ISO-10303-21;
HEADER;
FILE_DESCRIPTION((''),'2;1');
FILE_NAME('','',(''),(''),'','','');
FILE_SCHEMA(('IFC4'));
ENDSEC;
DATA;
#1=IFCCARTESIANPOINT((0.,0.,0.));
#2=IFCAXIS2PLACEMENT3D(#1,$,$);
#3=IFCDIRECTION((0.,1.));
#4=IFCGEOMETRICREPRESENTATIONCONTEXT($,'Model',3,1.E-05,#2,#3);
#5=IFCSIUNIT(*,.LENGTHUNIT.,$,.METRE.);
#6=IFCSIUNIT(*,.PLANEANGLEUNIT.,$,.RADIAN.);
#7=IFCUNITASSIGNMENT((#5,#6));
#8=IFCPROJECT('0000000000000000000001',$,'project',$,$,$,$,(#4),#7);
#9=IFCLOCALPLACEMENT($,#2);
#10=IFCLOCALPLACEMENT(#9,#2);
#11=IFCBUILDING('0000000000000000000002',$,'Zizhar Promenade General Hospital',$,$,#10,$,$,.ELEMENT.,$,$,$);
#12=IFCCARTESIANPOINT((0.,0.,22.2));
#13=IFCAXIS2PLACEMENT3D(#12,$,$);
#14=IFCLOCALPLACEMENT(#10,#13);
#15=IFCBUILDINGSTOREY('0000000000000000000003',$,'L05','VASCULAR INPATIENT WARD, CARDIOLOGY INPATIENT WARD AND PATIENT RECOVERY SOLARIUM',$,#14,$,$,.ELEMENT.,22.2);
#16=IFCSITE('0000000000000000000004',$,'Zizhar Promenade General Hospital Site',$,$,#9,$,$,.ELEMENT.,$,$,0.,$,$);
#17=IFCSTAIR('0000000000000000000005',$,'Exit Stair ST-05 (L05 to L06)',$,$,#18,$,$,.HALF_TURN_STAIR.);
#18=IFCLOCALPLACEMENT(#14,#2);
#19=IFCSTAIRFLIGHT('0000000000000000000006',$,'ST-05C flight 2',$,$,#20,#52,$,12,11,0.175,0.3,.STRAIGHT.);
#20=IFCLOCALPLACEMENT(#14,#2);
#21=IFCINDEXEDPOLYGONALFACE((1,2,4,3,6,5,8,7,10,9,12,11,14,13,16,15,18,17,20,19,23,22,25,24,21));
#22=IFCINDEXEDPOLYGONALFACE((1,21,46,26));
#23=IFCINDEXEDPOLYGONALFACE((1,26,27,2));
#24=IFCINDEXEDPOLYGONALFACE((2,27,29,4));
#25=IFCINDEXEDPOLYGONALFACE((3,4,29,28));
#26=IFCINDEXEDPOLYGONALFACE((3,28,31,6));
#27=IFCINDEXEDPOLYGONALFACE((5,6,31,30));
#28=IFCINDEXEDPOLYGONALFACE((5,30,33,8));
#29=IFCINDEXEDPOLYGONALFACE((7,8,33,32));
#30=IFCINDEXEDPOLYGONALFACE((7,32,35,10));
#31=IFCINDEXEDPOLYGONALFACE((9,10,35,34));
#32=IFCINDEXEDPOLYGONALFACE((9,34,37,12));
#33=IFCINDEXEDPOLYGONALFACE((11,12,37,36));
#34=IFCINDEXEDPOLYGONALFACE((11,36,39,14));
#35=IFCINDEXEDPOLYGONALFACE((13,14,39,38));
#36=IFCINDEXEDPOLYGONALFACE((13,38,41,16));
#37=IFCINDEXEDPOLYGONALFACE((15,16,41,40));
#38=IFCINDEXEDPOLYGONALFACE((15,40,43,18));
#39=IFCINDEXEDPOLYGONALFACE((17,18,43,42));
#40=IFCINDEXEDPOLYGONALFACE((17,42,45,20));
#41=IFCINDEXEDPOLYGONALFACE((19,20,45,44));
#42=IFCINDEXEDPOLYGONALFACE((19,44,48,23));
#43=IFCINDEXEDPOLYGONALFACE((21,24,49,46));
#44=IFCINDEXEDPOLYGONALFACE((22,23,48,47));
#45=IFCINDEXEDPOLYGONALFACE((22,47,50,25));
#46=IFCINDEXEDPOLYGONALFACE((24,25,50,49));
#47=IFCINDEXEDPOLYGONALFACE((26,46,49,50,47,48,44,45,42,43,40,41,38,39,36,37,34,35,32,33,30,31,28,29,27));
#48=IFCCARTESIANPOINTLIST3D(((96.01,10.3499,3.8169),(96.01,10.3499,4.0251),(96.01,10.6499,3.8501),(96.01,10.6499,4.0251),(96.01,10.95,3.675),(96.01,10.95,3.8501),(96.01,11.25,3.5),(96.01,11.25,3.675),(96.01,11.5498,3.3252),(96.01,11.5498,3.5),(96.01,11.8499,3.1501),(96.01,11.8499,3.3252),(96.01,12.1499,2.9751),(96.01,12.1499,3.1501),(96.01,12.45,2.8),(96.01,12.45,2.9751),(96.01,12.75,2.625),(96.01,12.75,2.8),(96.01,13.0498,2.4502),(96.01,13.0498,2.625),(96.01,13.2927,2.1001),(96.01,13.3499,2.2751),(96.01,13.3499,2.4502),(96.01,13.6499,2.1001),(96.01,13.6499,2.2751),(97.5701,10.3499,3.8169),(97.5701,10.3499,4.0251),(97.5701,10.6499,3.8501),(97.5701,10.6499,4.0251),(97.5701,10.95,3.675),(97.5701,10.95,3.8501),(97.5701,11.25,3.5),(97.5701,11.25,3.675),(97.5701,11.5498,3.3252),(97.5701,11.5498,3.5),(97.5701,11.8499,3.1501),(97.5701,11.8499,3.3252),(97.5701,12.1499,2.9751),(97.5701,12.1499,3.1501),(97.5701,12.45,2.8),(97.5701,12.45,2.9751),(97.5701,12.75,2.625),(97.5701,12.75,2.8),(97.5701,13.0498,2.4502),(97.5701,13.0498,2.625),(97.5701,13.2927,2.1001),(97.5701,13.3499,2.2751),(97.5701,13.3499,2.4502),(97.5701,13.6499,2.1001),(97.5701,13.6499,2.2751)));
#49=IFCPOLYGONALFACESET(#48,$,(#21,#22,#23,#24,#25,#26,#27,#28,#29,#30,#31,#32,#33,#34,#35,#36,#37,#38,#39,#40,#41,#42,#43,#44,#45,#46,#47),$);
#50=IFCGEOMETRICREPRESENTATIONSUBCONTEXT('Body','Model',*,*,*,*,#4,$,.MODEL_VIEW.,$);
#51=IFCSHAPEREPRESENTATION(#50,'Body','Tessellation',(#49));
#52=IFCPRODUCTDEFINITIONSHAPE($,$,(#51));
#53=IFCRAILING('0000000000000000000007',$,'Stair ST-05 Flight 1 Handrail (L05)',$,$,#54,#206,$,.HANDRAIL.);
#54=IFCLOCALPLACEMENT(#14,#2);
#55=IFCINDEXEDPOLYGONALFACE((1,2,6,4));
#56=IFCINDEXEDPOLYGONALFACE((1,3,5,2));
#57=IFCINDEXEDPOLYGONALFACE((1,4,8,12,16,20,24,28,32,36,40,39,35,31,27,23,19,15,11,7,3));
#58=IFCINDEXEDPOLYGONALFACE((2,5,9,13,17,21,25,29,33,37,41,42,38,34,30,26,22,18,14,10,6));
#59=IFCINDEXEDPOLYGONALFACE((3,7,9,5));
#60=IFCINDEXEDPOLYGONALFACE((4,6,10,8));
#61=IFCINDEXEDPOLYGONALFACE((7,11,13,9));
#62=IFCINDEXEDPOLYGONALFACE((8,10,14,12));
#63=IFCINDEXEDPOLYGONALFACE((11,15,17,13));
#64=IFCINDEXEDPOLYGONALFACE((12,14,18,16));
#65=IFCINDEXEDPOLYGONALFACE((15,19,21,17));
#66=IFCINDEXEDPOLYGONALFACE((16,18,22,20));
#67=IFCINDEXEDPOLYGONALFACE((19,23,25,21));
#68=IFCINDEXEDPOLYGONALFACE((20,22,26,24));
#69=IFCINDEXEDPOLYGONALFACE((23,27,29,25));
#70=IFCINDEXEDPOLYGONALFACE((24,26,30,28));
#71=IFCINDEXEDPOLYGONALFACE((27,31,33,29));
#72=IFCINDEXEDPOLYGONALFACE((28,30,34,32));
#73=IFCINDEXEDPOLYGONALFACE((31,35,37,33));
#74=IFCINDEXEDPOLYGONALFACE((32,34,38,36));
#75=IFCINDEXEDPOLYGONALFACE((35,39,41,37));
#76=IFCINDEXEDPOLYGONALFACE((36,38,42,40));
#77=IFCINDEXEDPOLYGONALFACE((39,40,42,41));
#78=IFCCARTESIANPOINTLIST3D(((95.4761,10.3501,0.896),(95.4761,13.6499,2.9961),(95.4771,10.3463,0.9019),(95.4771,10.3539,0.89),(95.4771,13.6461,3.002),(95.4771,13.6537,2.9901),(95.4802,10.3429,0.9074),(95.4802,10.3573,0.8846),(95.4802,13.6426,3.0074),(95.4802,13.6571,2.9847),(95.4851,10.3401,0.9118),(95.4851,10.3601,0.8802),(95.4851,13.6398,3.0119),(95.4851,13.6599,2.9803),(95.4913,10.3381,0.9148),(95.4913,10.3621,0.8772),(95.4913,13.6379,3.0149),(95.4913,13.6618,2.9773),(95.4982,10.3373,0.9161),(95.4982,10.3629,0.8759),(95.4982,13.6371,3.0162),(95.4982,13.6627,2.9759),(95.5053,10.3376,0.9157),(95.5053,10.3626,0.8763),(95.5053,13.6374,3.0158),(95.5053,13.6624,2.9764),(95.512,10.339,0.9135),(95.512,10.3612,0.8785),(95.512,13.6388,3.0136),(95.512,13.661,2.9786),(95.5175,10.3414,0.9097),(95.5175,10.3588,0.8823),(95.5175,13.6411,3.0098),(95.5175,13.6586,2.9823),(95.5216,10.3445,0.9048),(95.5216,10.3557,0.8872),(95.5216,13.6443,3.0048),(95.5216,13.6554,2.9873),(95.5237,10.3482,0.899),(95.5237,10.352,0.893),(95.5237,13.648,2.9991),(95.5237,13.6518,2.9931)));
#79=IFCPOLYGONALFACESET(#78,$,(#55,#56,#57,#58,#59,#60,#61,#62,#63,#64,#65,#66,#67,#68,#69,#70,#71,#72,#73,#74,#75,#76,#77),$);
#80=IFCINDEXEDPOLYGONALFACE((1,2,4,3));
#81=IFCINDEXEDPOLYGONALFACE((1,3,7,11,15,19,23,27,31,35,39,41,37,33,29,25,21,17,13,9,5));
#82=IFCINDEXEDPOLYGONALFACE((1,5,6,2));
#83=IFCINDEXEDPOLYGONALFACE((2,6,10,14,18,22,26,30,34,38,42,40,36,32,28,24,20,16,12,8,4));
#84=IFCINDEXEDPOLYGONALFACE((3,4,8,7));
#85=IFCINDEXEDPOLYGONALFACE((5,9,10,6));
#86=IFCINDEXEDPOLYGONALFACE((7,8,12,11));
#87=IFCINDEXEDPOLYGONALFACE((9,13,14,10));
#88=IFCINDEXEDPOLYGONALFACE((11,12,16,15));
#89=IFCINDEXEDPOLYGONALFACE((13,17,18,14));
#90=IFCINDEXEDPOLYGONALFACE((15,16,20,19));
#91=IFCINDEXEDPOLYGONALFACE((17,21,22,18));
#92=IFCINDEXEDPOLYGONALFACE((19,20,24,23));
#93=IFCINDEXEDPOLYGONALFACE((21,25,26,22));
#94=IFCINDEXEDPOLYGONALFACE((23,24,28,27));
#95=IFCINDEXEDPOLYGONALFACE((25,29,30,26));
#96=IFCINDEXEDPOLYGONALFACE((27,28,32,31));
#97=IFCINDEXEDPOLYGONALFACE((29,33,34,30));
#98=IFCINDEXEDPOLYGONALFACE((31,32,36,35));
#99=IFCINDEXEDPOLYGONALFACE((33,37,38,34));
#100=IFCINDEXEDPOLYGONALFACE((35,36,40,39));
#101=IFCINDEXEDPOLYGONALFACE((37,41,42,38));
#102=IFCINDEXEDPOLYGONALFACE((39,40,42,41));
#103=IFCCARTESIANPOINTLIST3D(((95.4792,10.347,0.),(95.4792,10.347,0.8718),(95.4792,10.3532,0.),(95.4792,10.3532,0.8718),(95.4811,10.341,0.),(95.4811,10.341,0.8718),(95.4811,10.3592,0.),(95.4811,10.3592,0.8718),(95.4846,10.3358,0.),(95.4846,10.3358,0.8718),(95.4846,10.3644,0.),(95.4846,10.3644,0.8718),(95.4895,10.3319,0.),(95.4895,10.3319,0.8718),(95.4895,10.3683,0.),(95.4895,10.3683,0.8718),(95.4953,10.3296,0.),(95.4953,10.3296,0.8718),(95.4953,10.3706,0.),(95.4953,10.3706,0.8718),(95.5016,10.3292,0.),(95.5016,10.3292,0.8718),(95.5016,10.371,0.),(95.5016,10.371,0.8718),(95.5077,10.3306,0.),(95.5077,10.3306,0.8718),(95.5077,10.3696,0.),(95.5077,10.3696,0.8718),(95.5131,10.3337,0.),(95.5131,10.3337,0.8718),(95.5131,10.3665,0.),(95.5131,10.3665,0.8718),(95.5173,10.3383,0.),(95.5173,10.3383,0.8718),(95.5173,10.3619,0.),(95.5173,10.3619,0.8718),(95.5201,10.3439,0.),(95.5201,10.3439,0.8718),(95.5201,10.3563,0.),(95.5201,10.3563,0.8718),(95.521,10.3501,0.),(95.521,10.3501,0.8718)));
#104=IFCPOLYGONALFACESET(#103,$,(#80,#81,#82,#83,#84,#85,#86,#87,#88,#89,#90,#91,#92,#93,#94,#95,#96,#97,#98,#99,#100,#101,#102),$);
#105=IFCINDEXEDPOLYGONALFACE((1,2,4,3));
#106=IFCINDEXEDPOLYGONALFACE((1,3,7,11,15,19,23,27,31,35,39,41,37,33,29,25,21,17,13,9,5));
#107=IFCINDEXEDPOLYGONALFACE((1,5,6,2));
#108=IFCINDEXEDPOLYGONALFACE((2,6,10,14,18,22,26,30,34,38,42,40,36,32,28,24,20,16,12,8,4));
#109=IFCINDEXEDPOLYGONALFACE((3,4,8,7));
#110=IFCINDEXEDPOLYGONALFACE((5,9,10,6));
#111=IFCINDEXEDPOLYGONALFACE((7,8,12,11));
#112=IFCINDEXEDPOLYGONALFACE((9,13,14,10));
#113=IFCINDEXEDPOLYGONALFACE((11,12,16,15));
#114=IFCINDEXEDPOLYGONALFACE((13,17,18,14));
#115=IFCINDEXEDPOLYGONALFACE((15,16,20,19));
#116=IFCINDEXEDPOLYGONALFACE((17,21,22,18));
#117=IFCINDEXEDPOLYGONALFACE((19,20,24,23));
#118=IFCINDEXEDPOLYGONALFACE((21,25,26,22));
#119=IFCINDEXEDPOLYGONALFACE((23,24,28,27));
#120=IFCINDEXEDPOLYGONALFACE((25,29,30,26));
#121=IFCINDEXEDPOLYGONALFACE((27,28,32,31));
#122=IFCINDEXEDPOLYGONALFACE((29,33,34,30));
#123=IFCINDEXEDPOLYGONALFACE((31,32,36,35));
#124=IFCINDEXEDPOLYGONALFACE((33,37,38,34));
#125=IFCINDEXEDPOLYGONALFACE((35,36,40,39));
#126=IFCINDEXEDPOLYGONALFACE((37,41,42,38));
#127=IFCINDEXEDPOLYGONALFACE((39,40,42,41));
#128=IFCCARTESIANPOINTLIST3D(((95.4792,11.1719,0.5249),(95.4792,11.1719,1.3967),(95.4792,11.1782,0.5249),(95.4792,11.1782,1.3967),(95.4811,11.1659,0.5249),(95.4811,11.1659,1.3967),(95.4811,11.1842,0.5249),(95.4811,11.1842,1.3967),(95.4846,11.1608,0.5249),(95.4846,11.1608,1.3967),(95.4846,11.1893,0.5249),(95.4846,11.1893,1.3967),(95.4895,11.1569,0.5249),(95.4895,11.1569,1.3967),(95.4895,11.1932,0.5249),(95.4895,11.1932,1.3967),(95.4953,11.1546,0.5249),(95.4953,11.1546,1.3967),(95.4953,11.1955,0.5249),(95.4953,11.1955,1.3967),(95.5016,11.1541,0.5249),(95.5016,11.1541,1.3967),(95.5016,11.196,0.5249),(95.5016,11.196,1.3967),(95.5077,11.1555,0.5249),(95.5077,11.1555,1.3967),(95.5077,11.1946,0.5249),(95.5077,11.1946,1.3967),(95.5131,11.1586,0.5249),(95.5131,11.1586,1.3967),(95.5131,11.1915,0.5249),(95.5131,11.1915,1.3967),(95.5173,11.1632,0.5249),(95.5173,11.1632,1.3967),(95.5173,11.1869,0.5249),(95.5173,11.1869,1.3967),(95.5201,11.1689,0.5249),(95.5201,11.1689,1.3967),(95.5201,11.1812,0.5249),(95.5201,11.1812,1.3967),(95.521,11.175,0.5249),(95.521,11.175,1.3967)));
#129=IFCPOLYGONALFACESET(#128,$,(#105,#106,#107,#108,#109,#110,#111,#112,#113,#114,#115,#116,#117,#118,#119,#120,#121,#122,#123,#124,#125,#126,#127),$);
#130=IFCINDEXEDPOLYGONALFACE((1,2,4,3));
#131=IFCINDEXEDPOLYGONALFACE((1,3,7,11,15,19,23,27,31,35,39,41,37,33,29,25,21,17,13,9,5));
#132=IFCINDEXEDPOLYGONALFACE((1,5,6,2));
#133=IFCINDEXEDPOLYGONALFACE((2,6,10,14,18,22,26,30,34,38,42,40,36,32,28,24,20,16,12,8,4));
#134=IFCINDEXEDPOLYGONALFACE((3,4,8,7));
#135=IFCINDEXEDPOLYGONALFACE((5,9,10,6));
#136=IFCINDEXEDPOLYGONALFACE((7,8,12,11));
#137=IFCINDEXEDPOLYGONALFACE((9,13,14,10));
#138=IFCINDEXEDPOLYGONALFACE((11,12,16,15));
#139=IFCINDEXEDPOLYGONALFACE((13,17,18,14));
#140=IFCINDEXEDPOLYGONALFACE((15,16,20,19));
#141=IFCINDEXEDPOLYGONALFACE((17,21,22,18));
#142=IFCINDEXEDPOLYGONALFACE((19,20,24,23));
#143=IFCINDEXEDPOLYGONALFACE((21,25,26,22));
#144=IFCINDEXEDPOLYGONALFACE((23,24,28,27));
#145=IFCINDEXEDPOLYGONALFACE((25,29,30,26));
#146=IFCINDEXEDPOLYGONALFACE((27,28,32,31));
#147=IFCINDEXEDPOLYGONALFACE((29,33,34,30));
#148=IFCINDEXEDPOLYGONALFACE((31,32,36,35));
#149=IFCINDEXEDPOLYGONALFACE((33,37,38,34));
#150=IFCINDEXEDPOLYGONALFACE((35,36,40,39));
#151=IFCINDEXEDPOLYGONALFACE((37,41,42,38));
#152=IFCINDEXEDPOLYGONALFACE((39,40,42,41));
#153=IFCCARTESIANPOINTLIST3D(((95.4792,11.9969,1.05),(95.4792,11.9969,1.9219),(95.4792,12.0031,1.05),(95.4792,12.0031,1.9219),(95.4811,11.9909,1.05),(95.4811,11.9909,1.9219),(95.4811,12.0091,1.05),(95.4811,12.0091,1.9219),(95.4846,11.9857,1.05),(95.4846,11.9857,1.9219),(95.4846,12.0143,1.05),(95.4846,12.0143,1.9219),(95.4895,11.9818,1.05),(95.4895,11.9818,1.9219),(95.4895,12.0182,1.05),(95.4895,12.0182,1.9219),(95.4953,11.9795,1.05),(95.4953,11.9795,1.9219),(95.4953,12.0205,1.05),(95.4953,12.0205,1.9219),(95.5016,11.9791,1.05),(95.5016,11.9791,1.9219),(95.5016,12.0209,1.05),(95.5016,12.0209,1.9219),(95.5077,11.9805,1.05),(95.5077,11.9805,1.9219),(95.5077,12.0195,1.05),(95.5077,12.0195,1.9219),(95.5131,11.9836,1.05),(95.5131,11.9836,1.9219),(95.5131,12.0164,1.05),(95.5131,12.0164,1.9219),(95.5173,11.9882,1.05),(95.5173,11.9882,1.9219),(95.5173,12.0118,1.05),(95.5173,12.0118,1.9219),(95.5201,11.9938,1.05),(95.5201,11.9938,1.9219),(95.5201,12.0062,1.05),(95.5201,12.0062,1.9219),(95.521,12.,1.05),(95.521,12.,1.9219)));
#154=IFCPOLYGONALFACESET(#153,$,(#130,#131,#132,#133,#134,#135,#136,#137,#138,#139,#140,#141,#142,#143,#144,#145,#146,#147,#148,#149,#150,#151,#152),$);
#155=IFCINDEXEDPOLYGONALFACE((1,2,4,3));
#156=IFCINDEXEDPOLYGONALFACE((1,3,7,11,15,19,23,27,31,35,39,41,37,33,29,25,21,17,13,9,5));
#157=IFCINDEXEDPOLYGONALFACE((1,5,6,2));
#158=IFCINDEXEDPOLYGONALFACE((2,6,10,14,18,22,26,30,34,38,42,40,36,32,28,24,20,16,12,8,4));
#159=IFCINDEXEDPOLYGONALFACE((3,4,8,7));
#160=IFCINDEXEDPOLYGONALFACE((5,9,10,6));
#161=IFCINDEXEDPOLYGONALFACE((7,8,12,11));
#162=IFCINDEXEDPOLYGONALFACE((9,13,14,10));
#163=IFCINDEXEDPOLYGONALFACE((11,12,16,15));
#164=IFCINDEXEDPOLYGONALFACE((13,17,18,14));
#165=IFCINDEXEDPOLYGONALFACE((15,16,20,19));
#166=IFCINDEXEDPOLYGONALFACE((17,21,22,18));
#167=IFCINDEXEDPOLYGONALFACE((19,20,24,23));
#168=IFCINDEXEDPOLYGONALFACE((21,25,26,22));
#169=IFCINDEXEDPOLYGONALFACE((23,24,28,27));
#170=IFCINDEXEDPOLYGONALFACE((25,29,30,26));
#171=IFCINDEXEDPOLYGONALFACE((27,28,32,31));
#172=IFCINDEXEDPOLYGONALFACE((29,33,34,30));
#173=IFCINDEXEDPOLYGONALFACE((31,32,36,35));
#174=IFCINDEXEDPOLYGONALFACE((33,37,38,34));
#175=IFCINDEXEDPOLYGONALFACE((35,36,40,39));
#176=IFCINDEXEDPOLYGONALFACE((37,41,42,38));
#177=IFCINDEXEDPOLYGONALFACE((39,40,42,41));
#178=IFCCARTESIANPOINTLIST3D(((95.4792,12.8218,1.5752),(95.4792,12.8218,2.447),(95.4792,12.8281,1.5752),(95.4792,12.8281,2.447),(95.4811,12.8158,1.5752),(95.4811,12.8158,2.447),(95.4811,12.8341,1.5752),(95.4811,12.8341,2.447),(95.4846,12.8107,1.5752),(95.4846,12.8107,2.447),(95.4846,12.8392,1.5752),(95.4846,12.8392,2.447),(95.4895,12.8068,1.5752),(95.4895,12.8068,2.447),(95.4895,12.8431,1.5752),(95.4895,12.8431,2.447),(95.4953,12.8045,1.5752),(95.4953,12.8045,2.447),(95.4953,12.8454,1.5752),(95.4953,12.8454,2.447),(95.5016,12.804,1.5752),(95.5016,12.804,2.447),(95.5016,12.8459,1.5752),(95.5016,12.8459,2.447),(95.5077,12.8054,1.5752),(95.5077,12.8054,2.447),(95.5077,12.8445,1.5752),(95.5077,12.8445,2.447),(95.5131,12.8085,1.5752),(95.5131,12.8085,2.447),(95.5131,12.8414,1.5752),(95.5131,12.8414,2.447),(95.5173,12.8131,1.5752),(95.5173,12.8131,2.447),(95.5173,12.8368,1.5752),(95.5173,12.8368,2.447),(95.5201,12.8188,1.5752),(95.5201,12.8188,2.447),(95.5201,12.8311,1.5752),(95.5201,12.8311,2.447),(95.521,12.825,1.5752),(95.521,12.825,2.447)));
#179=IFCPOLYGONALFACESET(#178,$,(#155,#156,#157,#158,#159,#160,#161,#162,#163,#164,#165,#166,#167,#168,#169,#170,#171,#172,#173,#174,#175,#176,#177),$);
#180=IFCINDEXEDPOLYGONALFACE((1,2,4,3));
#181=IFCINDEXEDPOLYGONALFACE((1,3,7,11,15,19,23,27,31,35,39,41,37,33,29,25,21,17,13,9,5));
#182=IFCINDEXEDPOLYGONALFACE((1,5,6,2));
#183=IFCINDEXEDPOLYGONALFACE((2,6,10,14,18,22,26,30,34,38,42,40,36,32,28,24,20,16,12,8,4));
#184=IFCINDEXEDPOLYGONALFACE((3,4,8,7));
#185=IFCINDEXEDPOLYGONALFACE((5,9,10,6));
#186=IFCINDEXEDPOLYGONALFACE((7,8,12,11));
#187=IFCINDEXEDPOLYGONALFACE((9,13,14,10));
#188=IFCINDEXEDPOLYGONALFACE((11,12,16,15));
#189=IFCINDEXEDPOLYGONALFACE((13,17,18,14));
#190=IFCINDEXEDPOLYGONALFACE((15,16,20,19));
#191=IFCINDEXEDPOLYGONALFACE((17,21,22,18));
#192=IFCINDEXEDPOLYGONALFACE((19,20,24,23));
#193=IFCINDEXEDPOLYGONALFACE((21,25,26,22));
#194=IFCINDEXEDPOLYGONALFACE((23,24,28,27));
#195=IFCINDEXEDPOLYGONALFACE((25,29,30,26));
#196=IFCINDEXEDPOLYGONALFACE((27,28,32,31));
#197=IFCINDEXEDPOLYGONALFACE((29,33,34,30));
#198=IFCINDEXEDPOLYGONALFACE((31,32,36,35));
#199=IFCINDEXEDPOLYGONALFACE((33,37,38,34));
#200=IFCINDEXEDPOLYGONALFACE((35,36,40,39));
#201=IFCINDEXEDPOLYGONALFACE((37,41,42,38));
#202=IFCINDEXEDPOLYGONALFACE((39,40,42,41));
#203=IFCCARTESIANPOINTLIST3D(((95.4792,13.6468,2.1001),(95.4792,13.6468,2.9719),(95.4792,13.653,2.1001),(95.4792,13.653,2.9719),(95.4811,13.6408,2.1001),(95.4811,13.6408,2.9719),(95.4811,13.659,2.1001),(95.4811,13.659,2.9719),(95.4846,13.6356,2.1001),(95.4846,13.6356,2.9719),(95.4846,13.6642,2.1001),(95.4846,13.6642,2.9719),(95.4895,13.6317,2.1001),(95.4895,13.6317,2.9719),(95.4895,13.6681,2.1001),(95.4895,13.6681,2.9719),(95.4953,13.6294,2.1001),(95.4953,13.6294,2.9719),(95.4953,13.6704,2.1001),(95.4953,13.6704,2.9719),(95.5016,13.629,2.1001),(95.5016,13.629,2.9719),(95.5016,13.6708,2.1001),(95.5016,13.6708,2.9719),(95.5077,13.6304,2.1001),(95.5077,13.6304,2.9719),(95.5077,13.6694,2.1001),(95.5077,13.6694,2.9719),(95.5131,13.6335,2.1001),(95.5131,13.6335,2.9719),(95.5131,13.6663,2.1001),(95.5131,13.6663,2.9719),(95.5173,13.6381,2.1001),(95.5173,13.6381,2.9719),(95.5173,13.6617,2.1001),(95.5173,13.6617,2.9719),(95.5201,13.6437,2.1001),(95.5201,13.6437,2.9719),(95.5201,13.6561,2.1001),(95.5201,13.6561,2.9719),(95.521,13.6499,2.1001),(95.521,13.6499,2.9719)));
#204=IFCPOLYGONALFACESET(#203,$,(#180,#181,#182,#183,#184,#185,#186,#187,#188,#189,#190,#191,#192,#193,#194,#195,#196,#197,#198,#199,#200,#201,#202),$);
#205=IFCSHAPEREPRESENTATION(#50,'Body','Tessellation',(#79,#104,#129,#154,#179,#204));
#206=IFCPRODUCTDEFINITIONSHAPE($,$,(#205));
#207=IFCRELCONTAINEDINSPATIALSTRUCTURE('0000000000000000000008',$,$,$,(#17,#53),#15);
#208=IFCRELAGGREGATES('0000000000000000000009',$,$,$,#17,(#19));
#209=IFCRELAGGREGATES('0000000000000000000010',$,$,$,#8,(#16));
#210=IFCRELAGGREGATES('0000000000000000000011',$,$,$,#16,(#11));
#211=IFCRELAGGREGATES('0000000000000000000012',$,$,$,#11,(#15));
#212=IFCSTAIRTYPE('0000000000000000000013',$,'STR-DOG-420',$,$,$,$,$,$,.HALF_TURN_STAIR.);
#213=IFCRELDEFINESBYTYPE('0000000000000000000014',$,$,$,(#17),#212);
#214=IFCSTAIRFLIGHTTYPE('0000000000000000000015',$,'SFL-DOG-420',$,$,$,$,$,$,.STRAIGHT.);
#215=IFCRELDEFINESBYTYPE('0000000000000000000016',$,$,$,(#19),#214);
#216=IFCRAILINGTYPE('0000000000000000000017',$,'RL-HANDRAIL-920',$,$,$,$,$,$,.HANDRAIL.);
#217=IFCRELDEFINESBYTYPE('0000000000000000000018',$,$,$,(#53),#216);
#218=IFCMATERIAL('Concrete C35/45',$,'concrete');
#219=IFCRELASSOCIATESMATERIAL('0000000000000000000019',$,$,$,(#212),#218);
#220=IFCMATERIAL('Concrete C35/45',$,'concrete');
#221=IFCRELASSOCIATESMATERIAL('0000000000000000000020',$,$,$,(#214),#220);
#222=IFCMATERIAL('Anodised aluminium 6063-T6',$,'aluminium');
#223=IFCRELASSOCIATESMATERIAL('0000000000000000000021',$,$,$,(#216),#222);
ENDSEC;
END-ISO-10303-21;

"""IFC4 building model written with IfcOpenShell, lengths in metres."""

from ifc_helpers import new_model, si_unit, direction, frame, origin, origin_2d, place, context, subcontext, project, spatial, polyline, circle, hollow_circle, outline, extrude, material, material_profile, profile_set, type_object, element, aggregate, save


model = new_model("IFC4")

# Units and contexts
model_context = context("Model", 3, precision=1e-05, world=origin(), true_north=direction((0.0, 1.0)))
body_context = subcontext(model_context, "Body", "Model", "MODEL_VIEW")
ifc_project = project(units=[si_unit("LENGTHUNIT", "METRE"), si_unit("PLANEANGLEUNIT", "RADIAN")], contexts=[model_context])

# Site, building, storey
site_placement = place(None, origin())
site = spatial("IfcSite", under=ifc_project, at=site_placement, Name="Zizhar Promenade General Hospital Site", CompositionType="ELEMENT", RefElevation=0.0)
building_placement = place(site_placement, origin())
building = spatial("IfcBuilding", under=site, at=building_placement, Name="Zizhar Promenade General Hospital", CompositionType="ELEMENT")
storey_placement = place(building_placement, frame((0.0, 0.0, 22.2)))
storey = spatial("IfcBuildingStorey", under=building, at=storey_placement, Name="L05", Description="VASCULAR INPATIENT WARD, CARDIOLOGY INPATIENT WARD AND PATIENT RECOVERY SOLARIUM", CompositionType="ELEMENT", Elevation=22.2)

# Stair, stair flight
ifc_material_1 = material(Name="Concrete C35/45", Category="concrete")
stair_type = type_object("IfcStairType", Name="STR-DOG-420", PredefinedType="HALF_TURN_STAIR", material=ifc_material_1)
stair_placement = place(storey_placement, origin())
stair = element("IfcStair", 1, at=stair_placement, inside=storey, type_object=stair_type, Name="Exit Stair ST-05 (L05 to L06)", PredefinedType="HALF_TURN_STAIR")
ifc_material_2 = material(Name="Concrete C35/45", Category="concrete")
stair_flight_type = type_object("IfcStairFlightType", Name="SFL-DOG-420", PredefinedType="STRAIGHT", material=ifc_material_2)
stair_flight_placement = place(storey_placement, frame((96.79, 13.6499, 2.1001), z_axis=(0.0, 0.0, 1.0), x_axis=(0.0, -1.0, 0.0)))
stair_flight = element("IfcStairFlight", 2, at=stair_flight_placement, type_object=stair_flight_type, Name="ST-05C flight 2", NumberOfRisers=12, NumberOfTreads=11, PredefinedType="STRAIGHT", RiserHeight=0.175, TreadLength=0.3, context=body_context, shape_type="SweptSolid", body=[
    extrude(outline(polyline([(0.0, 0.0), (0.0, 0.175), (0.3, 0.175), (0.3, 0.3501), (0.6001, 0.3501), (0.6001, 0.5249), (0.8999, 0.5249), (0.8999, 0.7), (1.2, 0.7), (1.2, 0.875), (1.5, 0.875), (1.5, 1.05), (1.8, 1.05), (1.8, 1.2251), (2.1001, 1.2251), (2.1001, 1.3999), (2.3999, 1.3999), (2.3999, 1.575), (2.7, 1.575), (2.7, 1.75), (3.0, 1.75), (3.0, 1.925), (3.3, 1.925), (3.3, 2.1001), (3.3, 1.7168), (0.3572, 0.0), (0.0, 0.0)])), frame((0.0, 0.78, 0.0), z_axis=(0.0, -1.0, 0.0), x_axis=(1.0, 0.0, 0.0)), (0.0, 0.0, 1.0), 1.5601),
])
aggregate(stair, [stair_flight])

# Railing
ifc_material_3 = material(Name="Anodised aluminium 6063-T6", Category="aluminium")
ifc_material_profile_1 = material_profile(ifc_material_3, hollow_circle(Radius=0.0698, WallThickness=0.0063, at=origin_2d()))
ifc_profile_set_1 = profile_set([ifc_material_profile_1], Name="Anodised aluminium 6063-T6")
railing_type = type_object("IfcRailingType", Name="RL-HANDRAIL-920", PredefinedType="HANDRAIL", material=ifc_profile_set_1)
railing_1_placement = place(storey_placement, frame((95.5, 10.3501, 0.0)))
element("IfcRailing", 3, at=railing_1_placement, inside=storey, type_object=railing_type, Name="Stair ST-05 Flight 1 Handrail (L05)", PredefinedType="HANDRAIL", context=body_context, shape_type="SweptSolid", body=[
    extrude(circle(Radius=0.0239, at=origin_2d()), frame((0.0, 0.0, 0.896), z_axis=(0.0, 0.843636, 0.536916), x_axis=(-1.0, 0.0, 0.0)), (0.0, 0.0, 1.0), 3.9114),
    extrude(circle(Radius=0.021, at=origin_2d()), origin(), (0.0, 0.0, 1.0), 0.8718),
    extrude(circle(Radius=0.021, at=origin_2d()), frame((0.0, 0.825, 0.5249)), (0.0, 0.0, 1.0), 0.8718),
    extrude(circle(Radius=0.021, at=origin_2d()), frame((0.0, 1.6499, 1.05)), (0.0, 0.0, 1.0), 0.8718),
    extrude(circle(Radius=0.021, at=origin_2d()), frame((0.0, 2.4749, 1.5752)), (0.0, 0.0, 1.0), 0.8718),
    extrude(circle(Radius=0.021, at=origin_2d()), frame((0.0, 3.2998, 2.1001)), (0.0, 0.0, 1.0), 0.8718),
])

save(model, "model.ifc")
